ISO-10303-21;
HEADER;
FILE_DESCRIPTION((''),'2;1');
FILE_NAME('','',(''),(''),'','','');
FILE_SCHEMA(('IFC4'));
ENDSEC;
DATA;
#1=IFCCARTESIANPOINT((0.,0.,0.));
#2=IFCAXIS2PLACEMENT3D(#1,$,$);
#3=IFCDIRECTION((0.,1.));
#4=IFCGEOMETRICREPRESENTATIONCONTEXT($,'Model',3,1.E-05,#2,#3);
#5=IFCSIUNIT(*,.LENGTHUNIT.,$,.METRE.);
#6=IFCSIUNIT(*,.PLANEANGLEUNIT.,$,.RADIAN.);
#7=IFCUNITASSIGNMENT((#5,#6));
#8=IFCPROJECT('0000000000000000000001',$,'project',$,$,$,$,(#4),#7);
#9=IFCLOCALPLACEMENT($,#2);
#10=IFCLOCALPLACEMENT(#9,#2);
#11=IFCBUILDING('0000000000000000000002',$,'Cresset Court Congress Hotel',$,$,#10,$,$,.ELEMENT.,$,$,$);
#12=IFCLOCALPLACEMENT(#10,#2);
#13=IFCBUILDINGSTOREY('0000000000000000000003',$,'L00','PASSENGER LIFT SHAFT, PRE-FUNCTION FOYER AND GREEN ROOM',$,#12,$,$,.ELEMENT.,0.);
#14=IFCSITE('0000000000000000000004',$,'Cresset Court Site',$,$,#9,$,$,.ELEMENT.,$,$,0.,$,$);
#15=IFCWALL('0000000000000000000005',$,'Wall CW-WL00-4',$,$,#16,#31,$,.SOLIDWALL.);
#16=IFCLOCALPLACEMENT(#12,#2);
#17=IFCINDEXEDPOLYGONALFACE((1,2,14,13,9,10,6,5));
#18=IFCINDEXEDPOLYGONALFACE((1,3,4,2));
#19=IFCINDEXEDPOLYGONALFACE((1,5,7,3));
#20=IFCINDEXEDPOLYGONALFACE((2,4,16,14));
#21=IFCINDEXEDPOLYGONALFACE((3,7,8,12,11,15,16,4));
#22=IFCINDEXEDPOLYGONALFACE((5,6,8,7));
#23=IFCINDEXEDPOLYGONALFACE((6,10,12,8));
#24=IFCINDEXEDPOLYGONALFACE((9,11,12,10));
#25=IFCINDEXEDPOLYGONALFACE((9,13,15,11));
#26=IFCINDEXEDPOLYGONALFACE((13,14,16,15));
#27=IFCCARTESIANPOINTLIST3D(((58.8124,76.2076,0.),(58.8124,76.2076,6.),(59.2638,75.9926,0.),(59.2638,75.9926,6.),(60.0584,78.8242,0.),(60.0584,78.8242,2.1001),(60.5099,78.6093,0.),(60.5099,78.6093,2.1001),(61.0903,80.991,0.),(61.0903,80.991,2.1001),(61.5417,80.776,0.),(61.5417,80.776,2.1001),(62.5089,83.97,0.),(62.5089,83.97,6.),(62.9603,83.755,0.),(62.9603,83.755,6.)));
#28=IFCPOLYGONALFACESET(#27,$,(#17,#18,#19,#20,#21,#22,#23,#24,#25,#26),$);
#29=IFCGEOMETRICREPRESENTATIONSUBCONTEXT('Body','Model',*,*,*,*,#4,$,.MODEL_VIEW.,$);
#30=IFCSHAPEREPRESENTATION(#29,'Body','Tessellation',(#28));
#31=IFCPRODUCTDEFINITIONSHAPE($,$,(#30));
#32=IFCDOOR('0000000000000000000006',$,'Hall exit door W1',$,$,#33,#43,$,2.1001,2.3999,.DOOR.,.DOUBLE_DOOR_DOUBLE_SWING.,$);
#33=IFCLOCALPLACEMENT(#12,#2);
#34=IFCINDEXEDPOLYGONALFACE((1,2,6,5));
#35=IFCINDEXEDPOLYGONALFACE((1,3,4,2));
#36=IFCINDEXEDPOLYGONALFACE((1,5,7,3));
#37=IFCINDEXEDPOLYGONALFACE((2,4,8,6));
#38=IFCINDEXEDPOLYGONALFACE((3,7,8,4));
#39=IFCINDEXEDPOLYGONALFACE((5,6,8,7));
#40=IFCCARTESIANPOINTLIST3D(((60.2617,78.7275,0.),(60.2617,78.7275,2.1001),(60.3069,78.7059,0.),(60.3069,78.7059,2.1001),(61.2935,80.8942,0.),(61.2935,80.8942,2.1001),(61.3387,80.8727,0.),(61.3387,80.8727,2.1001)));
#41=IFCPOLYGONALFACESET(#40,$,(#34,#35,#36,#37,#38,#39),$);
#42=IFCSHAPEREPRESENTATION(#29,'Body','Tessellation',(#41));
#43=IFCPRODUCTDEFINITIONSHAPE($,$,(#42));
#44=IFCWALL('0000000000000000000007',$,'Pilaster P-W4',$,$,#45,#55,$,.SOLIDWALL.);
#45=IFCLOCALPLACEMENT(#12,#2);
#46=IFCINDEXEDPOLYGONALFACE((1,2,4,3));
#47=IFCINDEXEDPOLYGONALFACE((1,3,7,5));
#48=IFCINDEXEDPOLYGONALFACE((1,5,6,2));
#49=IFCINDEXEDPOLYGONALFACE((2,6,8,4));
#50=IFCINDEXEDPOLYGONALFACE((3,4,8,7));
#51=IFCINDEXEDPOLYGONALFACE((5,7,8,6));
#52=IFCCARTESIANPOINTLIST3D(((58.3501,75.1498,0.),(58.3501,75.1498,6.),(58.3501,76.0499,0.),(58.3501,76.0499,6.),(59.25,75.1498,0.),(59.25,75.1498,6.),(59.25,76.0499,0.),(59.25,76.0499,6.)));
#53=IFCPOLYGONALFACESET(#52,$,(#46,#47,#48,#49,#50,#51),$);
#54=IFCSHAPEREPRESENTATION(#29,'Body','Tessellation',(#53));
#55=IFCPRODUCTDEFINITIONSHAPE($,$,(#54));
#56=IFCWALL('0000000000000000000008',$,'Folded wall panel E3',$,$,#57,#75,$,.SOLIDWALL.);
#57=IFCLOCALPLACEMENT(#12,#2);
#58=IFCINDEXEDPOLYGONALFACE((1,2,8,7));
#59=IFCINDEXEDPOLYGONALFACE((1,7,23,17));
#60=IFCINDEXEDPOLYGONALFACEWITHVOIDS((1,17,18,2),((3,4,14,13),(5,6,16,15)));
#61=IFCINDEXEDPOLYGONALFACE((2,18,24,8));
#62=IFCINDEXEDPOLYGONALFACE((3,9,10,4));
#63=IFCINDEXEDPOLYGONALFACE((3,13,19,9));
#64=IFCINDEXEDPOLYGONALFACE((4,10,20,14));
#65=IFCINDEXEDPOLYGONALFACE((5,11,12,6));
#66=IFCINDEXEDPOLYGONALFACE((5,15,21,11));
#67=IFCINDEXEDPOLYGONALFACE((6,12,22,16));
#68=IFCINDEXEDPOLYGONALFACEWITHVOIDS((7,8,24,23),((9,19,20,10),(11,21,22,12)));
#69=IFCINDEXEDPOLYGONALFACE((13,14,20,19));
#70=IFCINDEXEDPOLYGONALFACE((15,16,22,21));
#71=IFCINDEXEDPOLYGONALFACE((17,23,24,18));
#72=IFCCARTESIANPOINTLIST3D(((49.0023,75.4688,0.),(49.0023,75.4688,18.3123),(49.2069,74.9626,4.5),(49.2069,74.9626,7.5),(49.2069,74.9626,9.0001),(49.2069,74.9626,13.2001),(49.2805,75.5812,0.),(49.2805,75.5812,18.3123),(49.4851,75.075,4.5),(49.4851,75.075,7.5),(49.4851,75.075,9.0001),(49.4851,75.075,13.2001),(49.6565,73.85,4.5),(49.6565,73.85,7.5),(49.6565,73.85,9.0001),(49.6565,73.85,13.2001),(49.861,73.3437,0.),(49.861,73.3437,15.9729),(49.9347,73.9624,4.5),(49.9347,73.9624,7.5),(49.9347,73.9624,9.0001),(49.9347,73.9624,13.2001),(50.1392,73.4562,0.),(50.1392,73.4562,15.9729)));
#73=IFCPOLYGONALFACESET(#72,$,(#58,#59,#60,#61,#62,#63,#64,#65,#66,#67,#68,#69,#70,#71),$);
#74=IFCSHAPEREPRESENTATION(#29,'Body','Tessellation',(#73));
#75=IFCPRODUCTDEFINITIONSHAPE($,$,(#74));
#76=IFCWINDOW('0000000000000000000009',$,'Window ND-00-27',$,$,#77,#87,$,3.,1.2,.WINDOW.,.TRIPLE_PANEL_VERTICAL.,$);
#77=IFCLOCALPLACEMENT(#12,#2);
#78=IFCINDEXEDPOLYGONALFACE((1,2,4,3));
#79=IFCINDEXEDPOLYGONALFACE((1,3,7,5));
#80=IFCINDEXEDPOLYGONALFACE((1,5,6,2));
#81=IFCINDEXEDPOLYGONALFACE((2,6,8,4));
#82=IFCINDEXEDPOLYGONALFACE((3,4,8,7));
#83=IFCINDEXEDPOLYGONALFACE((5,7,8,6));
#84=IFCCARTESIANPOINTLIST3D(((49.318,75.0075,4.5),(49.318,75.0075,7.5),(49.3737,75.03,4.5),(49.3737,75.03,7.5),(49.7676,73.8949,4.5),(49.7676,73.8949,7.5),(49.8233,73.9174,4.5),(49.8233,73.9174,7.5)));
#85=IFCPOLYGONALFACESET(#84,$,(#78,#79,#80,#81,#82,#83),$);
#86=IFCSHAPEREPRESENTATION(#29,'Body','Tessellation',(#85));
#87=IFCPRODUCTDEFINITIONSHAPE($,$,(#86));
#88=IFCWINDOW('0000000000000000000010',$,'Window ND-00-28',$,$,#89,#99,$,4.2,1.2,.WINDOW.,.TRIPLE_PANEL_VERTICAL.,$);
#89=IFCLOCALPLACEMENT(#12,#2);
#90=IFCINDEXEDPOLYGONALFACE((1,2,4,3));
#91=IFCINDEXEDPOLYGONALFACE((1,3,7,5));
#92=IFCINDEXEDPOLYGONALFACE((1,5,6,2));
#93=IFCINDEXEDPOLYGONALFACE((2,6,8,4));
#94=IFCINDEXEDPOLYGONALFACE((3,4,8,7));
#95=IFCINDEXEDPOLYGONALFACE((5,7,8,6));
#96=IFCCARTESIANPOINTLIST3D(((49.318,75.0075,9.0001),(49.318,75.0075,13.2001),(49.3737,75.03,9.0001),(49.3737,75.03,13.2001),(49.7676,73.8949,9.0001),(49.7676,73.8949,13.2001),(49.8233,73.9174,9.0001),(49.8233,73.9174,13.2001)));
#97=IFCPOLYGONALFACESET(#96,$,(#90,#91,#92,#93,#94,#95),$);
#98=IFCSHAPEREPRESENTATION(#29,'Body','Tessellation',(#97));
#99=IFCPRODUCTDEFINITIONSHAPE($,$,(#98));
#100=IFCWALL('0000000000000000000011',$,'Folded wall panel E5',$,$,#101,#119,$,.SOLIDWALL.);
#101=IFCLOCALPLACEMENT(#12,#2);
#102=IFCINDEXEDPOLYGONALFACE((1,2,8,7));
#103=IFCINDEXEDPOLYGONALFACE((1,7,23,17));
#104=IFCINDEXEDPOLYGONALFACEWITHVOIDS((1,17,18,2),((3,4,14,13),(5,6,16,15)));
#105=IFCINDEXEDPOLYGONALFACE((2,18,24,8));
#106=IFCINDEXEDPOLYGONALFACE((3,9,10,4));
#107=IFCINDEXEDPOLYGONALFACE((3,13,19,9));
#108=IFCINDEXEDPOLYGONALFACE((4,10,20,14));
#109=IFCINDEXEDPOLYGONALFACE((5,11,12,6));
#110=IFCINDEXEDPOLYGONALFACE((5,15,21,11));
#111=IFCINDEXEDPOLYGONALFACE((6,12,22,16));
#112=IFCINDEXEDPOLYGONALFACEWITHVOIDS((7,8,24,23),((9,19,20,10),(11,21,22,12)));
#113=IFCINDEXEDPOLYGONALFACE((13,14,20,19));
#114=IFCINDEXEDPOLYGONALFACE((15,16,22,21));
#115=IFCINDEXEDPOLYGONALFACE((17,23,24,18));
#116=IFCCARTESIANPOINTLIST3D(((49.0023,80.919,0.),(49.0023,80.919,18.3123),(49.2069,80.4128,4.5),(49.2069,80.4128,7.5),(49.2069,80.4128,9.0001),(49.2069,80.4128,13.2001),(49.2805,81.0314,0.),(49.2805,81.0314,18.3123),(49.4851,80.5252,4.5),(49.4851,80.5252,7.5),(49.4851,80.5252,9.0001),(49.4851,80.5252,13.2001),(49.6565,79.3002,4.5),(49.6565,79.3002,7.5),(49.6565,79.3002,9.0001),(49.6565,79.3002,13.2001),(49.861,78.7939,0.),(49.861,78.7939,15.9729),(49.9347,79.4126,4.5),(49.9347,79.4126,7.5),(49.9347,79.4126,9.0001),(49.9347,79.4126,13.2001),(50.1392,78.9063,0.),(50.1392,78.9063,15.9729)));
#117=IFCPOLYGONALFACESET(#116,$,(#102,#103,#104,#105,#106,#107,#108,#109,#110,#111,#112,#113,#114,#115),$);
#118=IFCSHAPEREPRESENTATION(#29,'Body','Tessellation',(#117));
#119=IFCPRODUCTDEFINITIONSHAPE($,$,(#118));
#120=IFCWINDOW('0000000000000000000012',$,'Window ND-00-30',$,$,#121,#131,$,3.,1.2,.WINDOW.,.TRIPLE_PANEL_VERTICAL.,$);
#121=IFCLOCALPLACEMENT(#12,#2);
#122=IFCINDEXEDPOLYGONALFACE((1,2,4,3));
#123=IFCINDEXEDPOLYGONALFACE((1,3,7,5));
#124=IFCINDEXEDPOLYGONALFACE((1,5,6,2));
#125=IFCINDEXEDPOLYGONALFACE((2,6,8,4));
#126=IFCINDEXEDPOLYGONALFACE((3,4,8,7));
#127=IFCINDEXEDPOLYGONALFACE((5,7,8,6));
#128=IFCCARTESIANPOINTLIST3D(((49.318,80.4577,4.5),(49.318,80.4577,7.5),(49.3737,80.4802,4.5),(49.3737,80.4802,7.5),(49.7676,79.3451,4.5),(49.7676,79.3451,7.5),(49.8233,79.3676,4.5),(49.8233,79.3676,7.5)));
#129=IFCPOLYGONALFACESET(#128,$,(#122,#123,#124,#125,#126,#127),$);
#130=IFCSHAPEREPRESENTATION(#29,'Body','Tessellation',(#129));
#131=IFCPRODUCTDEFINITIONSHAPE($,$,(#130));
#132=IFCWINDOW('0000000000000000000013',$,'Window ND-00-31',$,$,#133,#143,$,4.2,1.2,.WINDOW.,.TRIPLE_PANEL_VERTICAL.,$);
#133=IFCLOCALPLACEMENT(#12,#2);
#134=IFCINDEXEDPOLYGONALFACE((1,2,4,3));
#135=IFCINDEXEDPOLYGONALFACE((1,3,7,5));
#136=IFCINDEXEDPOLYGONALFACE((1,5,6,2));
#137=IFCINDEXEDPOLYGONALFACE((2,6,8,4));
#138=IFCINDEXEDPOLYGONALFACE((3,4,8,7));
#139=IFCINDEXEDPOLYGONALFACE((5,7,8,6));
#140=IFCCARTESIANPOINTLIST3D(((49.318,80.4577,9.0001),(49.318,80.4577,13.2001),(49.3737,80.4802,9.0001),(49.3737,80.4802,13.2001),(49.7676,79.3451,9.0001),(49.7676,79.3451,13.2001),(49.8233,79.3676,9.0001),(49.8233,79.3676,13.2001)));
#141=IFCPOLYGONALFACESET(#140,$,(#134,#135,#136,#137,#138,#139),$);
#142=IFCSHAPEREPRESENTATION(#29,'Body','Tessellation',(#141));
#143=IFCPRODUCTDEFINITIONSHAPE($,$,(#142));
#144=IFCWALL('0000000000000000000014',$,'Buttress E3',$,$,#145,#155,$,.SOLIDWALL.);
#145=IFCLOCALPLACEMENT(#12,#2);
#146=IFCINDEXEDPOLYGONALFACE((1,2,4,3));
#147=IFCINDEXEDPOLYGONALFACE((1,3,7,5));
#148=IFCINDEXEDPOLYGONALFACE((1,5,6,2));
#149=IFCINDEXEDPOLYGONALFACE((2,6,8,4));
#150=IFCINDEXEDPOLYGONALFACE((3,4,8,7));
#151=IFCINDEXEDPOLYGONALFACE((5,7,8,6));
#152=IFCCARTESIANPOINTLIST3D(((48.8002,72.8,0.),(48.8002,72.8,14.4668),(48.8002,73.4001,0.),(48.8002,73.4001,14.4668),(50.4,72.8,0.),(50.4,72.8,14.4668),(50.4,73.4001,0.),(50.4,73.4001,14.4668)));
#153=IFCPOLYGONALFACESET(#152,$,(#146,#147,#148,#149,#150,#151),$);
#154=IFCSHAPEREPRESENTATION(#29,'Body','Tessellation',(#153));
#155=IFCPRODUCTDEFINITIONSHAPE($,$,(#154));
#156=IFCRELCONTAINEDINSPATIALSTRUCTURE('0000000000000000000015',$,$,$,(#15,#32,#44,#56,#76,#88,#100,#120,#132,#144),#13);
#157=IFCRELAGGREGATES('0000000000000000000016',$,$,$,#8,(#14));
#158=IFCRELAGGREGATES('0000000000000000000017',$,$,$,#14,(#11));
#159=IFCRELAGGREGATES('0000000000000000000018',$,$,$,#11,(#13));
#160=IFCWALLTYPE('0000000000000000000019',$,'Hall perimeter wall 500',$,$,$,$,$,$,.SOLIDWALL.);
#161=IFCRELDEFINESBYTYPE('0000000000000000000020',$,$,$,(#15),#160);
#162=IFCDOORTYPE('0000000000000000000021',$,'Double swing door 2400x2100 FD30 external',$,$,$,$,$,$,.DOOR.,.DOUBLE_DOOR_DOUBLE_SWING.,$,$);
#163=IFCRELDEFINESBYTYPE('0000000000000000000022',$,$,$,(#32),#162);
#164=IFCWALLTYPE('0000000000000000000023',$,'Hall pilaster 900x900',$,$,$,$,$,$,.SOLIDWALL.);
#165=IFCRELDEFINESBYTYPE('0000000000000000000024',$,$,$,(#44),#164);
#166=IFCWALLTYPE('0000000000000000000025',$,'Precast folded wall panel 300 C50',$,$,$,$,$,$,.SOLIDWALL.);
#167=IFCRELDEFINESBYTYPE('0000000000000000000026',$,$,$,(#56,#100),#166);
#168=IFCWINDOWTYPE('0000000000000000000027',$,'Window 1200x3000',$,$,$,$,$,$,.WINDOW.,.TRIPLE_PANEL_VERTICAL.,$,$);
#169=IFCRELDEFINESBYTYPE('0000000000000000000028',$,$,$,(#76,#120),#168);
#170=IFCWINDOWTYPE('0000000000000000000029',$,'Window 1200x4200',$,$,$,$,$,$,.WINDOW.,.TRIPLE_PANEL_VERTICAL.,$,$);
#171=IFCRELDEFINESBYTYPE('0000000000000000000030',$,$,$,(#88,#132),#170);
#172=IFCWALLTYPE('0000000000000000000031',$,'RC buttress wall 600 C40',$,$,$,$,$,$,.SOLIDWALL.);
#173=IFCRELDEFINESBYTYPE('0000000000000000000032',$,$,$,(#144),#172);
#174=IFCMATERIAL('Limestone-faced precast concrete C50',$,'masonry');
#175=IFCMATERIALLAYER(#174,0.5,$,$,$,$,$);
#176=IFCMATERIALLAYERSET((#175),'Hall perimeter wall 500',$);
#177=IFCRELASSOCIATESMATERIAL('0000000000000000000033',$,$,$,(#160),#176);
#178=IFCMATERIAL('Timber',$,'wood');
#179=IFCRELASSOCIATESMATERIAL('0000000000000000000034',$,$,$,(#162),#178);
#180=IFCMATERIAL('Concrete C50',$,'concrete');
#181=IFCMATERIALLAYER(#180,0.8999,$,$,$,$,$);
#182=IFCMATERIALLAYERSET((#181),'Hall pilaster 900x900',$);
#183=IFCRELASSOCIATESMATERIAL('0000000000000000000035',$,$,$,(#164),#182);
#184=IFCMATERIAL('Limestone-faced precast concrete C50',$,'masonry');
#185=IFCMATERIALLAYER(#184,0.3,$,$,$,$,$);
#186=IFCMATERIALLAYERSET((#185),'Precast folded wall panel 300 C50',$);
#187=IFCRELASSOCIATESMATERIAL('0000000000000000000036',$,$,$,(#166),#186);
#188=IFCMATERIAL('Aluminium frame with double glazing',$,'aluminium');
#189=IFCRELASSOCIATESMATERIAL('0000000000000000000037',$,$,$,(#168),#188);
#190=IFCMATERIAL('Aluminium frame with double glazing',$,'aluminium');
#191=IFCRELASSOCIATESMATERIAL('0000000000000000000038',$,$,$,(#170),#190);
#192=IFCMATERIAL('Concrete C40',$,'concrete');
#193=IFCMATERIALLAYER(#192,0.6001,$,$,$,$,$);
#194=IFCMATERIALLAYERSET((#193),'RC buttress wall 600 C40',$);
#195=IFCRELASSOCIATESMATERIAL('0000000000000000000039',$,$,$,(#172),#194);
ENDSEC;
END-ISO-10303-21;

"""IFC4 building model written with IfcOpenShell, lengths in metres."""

from ifc_helpers import new_model, si_unit, direction, frame, frame_2d, origin, place, context, subcontext, project, spatial, polyline, rectangle, outline, extrude, material, layer, layer_set, type_object, element, fill, save


model = new_model("IFC4")

# Units and contexts
model_context = context("Model", 3, precision=1e-05, world=origin(), true_north=direction((0.0, 1.0)))
body_context = subcontext(model_context, "Body", "Model", "MODEL_VIEW")
ifc_project = project(units=[si_unit("LENGTHUNIT", "METRE"), si_unit("PLANEANGLEUNIT", "RADIAN")], contexts=[model_context])

# Site, building, storey
site_placement = place(None, origin())
site = spatial("IfcSite", under=ifc_project, at=site_placement, Name="Cresset Court Site", CompositionType="ELEMENT", RefElevation=0.0)
building_placement = place(site_placement, origin())
building = spatial("IfcBuilding", under=site, at=building_placement, Name="Cresset Court Congress Hotel", CompositionType="ELEMENT")
storey_placement = place(building_placement, origin())
storey = spatial("IfcBuildingStorey", under=building, at=storey_placement, Name="L00", Description="PASSENGER LIFT SHAFT, PRE-FUNCTION FOYER AND GREEN ROOM", CompositionType="ELEMENT", Elevation=0.0)

# Wall, opening, door
ifc_material_1 = material(Name="Limestone-faced precast concrete C50", Category="masonry")
ifc_layer_1 = layer(ifc_material_1, 0.5)
ifc_layer_set_1 = layer_set([ifc_layer_1], Name="Hall perimeter wall 500")
wall_type_1 = type_object("IfcWallType", Name="Hall perimeter wall 500", PredefinedType="SOLIDWALL", material=ifc_layer_set_1)
wall_1_placement = place(storey_placement, frame((59.0381, 76.1001, 0.0), z_axis=(0.0, 0.0, 1.0), x_axis=(0.429946, 0.902855, 0.0)))
wall_1 = element("IfcWall", 1, at=wall_1_placement, inside=storey, type_object=wall_type_1, Name="Wall CW-WL00-4", PredefinedType="SOLIDWALL", context=body_context, shape_type="SweptSolid", body=[
    extrude(rectangle(XDim=8.5977, YDim=0.5, at=frame_2d((4.2988, 0.0))), origin(), (0.0, 0.0, 1.0), 6.0),
])
opening_1_placement = place(wall_1_placement, frame((2.8982, 0.0, 0.0)))
opening_1 = element("IfcOpeningElement", 2, at=opening_1_placement, cuts=wall_1, PredefinedType="OPENING", context=body_context, shape_type="SweptSolid", body=[
    extrude(rectangle(XDim=2.3999, YDim=2.1001, at=frame_2d((1.2, 1.05))), frame((0.0, 0.26, 0.0), z_axis=(0.0, -1.0, 0.0), x_axis=(1.0, 0.0, 0.0)), (0.0, 0.0, 1.0), 0.52),
])
ifc_material_2 = material(Name="Timber", Category="wood")
door_type_1 = type_object("IfcDoorType", Name="Double swing door 2400x2100 FD30 external", OperationType="DOUBLE_DOOR_DOUBLE_SWING", PredefinedType="DOOR", material=ifc_material_2)
door_1_placement = place(opening_1_placement, origin())
door_1 = element("IfcDoor", 3, at=door_1_placement, inside=storey, type_object=door_type_1, Name="Hall exit door W1", OperationType="DOUBLE_DOOR_DOUBLE_SWING", OverallHeight=2.1001, OverallWidth=2.3999, PredefinedType="DOOR", context=body_context, shape_type="SweptSolid", body=[
    extrude(rectangle(XDim=2.3999, YDim=2.1001, at=frame_2d((1.2, 1.05))), frame((0.0, 0.0249, 0.0), z_axis=(0.0, -1.0, 0.0), x_axis=(1.0, 0.0, 0.0)), (0.0, 0.0, 1.0), 0.05),
])
fill(opening_1, door_1)

# Wall
ifc_material_3 = material(Name="Concrete C50", Category="concrete")
ifc_layer_2 = layer(ifc_material_3, 0.8999)
ifc_layer_set_2 = layer_set([ifc_layer_2], Name="Hall pilaster 900x900")
wall_type_2 = type_object("IfcWallType", Name="Hall pilaster 900x900", PredefinedType="SOLIDWALL", material=ifc_layer_set_2)
wall_2_placement = place(storey_placement, frame((58.8, 76.05, 0.0), z_axis=(0.0, 0.0, 1.0), x_axis=(0.0, -1.0, 0.0)))
element("IfcWall", 4, at=wall_2_placement, inside=storey, type_object=wall_type_2, Name="Pilaster P-W4", PredefinedType="SOLIDWALL", context=body_context, shape_type="SweptSolid", body=[
    extrude(rectangle(XDim=0.9001, YDim=0.8999, at=frame_2d((0.4502, 0.0))), origin(), (0.0, 0.0, 1.0), 6.0),
])

# Wall, openings, windows
ifc_material_4 = material(Name="Limestone-faced precast concrete C50", Category="masonry")
ifc_layer_3 = layer(ifc_material_4, 0.3)
ifc_layer_set_3 = layer_set([ifc_layer_3], Name="Precast folded wall panel 300 C50")
wall_type_3 = type_object("IfcWallType", Name="Precast folded wall panel 300 C50", PredefinedType="SOLIDWALL", material=ifc_layer_set_3)
wall_3_placement = place(storey_placement, frame((50.0, 73.3999, 0.0), z_axis=(0.0, 0.0, 1.0), x_axis=(-0.374639, 0.927171, 0.0)))
wall_3 = element("IfcWall", 5, at=wall_3_placement, inside=storey, type_object=wall_type_3, Name="Folded wall panel E3", PredefinedType="SOLIDWALL", context=body_context, shape_type="SweptSolid", body=[
    extrude(outline(polyline([(0.0, 0.0), (2.292, 0.0), (2.292, 18.3123), (0.0, 15.9729), (0.0, 0.0)])), frame((0.0, 0.1499, 0.0), z_axis=(0.0, -1.0, 0.0), x_axis=(1.0, 0.0, 0.0)), (0.0, 0.0, 1.0), 0.3),
])
opening_2_placement = place(wall_3_placement, frame((0.5459, 0.0, 4.5)))
opening_2 = element("IfcOpeningElement", 6, at=opening_2_placement, cuts=wall_3, PredefinedType="OPENING", context=body_context, shape_type="SweptSolid", body=[
    extrude(rectangle(XDim=1.2, YDim=3.0, at=frame_2d((0.6001, 1.5))), frame((0.0, 0.1599, 0.0), z_axis=(0.0, -1.0, 0.0), x_axis=(1.0, 0.0, 0.0)), (0.0, 0.0, 1.0), 0.3201),
])
opening_3_placement = place(wall_3_placement, frame((0.5459, 0.0, 9.0)))
opening_3 = element("IfcOpeningElement", 7, at=opening_3_placement, cuts=wall_3, PredefinedType="OPENING", context=body_context, shape_type="SweptSolid", body=[
    extrude(rectangle(XDim=1.2, YDim=4.2, at=frame_2d((0.6001, 2.1001))), frame((0.0, 0.1599, 0.0), z_axis=(0.0, -1.0, 0.0), x_axis=(1.0, 0.0, 0.0)), (0.0, 0.0, 1.0), 0.3201),
])
ifc_material_5 = material(Name="Aluminium frame with double glazing", Category="aluminium")
window_type_1 = type_object("IfcWindowType", Name="Window 1200x3000", PartitioningType="TRIPLE_PANEL_VERTICAL", PredefinedType="WINDOW", material=ifc_material_5)
window_1_placement = place(opening_2_placement, origin())
window_1 = element("IfcWindow", 8, at=window_1_placement, inside=storey, type_object=window_type_1, Name="Window ND-00-27", OverallHeight=3.0, OverallWidth=1.2, PartitioningType="TRIPLE_PANEL_VERTICAL", PredefinedType="WINDOW", context=body_context, shape_type="SweptSolid", body=[
    extrude(rectangle(XDim=1.2, YDim=3.0, at=frame_2d((0.6001, 1.5))), frame((0.0, 0.03, 0.0), z_axis=(0.0, -1.0, 0.0), x_axis=(1.0, 0.0, 0.0)), (0.0, 0.0, 1.0), 0.0601),
])
fill(opening_2, window_1)
ifc_material_6 = material(Name="Aluminium frame with double glazing", Category="aluminium")
window_type_2 = type_object("IfcWindowType", Name="Window 1200x4200", PartitioningType="TRIPLE_PANEL_VERTICAL", PredefinedType="WINDOW", material=ifc_material_6)
window_2_placement = place(opening_3_placement, origin())
window_2 = element("IfcWindow", 9, at=window_2_placement, inside=storey, type_object=window_type_2, Name="Window ND-00-28", OverallHeight=4.2, OverallWidth=1.2, PartitioningType="TRIPLE_PANEL_VERTICAL", PredefinedType="WINDOW", context=body_context, shape_type="SweptSolid", body=[
    extrude(rectangle(XDim=1.2, YDim=4.2, at=frame_2d((0.6001, 2.1001))), frame((0.0, 0.03, 0.0), z_axis=(0.0, -1.0, 0.0), x_axis=(1.0, 0.0, 0.0)), (0.0, 0.0, 1.0), 0.0601),
])
fill(opening_3, window_2)

# Wall, openings, windows
wall_4_placement = place(storey_placement, frame((50.0, 78.8501, 0.0), z_axis=(0.0, 0.0, 1.0), x_axis=(-0.374639, 0.927171, 0.0)))
wall_4 = element("IfcWall", 10, at=wall_4_placement, inside=storey, type_object=wall_type_3, Name="Folded wall panel E5", PredefinedType="SOLIDWALL", context=body_context, shape_type="SweptSolid", body=[
    extrude(outline(polyline([(0.0, 0.0), (2.292, 0.0), (2.292, 18.3123), (0.0, 15.9729), (0.0, 0.0)])), frame((0.0, 0.1499, 0.0), z_axis=(0.0, -1.0, 0.0), x_axis=(1.0, 0.0, 0.0)), (0.0, 0.0, 1.0), 0.3),
])
opening_4_placement = place(wall_4_placement, frame((0.5459, 0.0, 4.5)))
opening_4 = element("IfcOpeningElement", 11, at=opening_4_placement, cuts=wall_4, PredefinedType="OPENING", context=body_context, shape_type="SweptSolid", body=[
    extrude(rectangle(XDim=1.2, YDim=3.0, at=frame_2d((0.6001, 1.5))), frame((0.0, 0.1599, 0.0), z_axis=(0.0, -1.0, 0.0), x_axis=(1.0, 0.0, 0.0)), (0.0, 0.0, 1.0), 0.3201),
])
opening_5_placement = place(wall_4_placement, frame((0.5459, 0.0, 9.0)))
opening_5 = element("IfcOpeningElement", 12, at=opening_5_placement, cuts=wall_4, PredefinedType="OPENING", context=body_context, shape_type="SweptSolid", body=[
    extrude(rectangle(XDim=1.2, YDim=4.2, at=frame_2d((0.6001, 2.1001))), frame((0.0, 0.1599, 0.0), z_axis=(0.0, -1.0, 0.0), x_axis=(1.0, 0.0, 0.0)), (0.0, 0.0, 1.0), 0.3201),
])
window_3_placement = place(opening_4_placement, origin())
window_3 = element("IfcWindow", 13, at=window_3_placement, inside=storey, type_object=window_type_1, Name="Window ND-00-30", OverallHeight=3.0, OverallWidth=1.2, PartitioningType="TRIPLE_PANEL_VERTICAL", PredefinedType="WINDOW", context=body_context, shape_type="SweptSolid", body=[
    extrude(rectangle(XDim=1.2, YDim=3.0, at=frame_2d((0.6001, 1.5))), frame((0.0, 0.03, 0.0), z_axis=(0.0, -1.0, 0.0), x_axis=(1.0, 0.0, 0.0)), (0.0, 0.0, 1.0), 0.0601),
])
fill(opening_4, window_3)
window_4_placement = place(opening_5_placement, origin())
window_4 = element("IfcWindow", 14, at=window_4_placement, inside=storey, type_object=window_type_2, Name="Window ND-00-31", OverallHeight=4.2, OverallWidth=1.2, PartitioningType="TRIPLE_PANEL_VERTICAL", PredefinedType="WINDOW", context=body_context, shape_type="SweptSolid", body=[
    extrude(rectangle(XDim=1.2, YDim=4.2, at=frame_2d((0.6001, 2.1001))), frame((0.0, 0.03, 0.0), z_axis=(0.0, -1.0, 0.0), x_axis=(1.0, 0.0, 0.0)), (0.0, 0.0, 1.0), 0.0601),
])
fill(opening_5, window_4)

# Wall
ifc_material_7 = material(Name="Concrete C40", Category="concrete")
ifc_layer_4 = layer(ifc_material_7, 0.6001)
ifc_layer_set_4 = layer_set([ifc_layer_4], Name="RC buttress wall 600 C40")
wall_type_4 = type_object("IfcWallType", Name="RC buttress wall 600 C40", PredefinedType="SOLIDWALL", material=ifc_layer_set_4)
wall_5_placement = place(storey_placement, frame((50.3999, 73.1001, 0.0), z_axis=(0.0, 0.0, 1.0), x_axis=(-1.0, 0.0, 0.0)))
element("IfcWall", 15, at=wall_5_placement, inside=storey, type_object=wall_type_4, Name="Buttress E3", PredefinedType="SOLIDWALL", context=body_context, shape_type="SweptSolid", body=[
    extrude(rectangle(XDim=1.5999, YDim=0.6001, at=frame_2d((0.7998, 0.0))), origin(), (0.0, 0.0, 1.0), 14.4668),
])

save(model, "model.ifc")
